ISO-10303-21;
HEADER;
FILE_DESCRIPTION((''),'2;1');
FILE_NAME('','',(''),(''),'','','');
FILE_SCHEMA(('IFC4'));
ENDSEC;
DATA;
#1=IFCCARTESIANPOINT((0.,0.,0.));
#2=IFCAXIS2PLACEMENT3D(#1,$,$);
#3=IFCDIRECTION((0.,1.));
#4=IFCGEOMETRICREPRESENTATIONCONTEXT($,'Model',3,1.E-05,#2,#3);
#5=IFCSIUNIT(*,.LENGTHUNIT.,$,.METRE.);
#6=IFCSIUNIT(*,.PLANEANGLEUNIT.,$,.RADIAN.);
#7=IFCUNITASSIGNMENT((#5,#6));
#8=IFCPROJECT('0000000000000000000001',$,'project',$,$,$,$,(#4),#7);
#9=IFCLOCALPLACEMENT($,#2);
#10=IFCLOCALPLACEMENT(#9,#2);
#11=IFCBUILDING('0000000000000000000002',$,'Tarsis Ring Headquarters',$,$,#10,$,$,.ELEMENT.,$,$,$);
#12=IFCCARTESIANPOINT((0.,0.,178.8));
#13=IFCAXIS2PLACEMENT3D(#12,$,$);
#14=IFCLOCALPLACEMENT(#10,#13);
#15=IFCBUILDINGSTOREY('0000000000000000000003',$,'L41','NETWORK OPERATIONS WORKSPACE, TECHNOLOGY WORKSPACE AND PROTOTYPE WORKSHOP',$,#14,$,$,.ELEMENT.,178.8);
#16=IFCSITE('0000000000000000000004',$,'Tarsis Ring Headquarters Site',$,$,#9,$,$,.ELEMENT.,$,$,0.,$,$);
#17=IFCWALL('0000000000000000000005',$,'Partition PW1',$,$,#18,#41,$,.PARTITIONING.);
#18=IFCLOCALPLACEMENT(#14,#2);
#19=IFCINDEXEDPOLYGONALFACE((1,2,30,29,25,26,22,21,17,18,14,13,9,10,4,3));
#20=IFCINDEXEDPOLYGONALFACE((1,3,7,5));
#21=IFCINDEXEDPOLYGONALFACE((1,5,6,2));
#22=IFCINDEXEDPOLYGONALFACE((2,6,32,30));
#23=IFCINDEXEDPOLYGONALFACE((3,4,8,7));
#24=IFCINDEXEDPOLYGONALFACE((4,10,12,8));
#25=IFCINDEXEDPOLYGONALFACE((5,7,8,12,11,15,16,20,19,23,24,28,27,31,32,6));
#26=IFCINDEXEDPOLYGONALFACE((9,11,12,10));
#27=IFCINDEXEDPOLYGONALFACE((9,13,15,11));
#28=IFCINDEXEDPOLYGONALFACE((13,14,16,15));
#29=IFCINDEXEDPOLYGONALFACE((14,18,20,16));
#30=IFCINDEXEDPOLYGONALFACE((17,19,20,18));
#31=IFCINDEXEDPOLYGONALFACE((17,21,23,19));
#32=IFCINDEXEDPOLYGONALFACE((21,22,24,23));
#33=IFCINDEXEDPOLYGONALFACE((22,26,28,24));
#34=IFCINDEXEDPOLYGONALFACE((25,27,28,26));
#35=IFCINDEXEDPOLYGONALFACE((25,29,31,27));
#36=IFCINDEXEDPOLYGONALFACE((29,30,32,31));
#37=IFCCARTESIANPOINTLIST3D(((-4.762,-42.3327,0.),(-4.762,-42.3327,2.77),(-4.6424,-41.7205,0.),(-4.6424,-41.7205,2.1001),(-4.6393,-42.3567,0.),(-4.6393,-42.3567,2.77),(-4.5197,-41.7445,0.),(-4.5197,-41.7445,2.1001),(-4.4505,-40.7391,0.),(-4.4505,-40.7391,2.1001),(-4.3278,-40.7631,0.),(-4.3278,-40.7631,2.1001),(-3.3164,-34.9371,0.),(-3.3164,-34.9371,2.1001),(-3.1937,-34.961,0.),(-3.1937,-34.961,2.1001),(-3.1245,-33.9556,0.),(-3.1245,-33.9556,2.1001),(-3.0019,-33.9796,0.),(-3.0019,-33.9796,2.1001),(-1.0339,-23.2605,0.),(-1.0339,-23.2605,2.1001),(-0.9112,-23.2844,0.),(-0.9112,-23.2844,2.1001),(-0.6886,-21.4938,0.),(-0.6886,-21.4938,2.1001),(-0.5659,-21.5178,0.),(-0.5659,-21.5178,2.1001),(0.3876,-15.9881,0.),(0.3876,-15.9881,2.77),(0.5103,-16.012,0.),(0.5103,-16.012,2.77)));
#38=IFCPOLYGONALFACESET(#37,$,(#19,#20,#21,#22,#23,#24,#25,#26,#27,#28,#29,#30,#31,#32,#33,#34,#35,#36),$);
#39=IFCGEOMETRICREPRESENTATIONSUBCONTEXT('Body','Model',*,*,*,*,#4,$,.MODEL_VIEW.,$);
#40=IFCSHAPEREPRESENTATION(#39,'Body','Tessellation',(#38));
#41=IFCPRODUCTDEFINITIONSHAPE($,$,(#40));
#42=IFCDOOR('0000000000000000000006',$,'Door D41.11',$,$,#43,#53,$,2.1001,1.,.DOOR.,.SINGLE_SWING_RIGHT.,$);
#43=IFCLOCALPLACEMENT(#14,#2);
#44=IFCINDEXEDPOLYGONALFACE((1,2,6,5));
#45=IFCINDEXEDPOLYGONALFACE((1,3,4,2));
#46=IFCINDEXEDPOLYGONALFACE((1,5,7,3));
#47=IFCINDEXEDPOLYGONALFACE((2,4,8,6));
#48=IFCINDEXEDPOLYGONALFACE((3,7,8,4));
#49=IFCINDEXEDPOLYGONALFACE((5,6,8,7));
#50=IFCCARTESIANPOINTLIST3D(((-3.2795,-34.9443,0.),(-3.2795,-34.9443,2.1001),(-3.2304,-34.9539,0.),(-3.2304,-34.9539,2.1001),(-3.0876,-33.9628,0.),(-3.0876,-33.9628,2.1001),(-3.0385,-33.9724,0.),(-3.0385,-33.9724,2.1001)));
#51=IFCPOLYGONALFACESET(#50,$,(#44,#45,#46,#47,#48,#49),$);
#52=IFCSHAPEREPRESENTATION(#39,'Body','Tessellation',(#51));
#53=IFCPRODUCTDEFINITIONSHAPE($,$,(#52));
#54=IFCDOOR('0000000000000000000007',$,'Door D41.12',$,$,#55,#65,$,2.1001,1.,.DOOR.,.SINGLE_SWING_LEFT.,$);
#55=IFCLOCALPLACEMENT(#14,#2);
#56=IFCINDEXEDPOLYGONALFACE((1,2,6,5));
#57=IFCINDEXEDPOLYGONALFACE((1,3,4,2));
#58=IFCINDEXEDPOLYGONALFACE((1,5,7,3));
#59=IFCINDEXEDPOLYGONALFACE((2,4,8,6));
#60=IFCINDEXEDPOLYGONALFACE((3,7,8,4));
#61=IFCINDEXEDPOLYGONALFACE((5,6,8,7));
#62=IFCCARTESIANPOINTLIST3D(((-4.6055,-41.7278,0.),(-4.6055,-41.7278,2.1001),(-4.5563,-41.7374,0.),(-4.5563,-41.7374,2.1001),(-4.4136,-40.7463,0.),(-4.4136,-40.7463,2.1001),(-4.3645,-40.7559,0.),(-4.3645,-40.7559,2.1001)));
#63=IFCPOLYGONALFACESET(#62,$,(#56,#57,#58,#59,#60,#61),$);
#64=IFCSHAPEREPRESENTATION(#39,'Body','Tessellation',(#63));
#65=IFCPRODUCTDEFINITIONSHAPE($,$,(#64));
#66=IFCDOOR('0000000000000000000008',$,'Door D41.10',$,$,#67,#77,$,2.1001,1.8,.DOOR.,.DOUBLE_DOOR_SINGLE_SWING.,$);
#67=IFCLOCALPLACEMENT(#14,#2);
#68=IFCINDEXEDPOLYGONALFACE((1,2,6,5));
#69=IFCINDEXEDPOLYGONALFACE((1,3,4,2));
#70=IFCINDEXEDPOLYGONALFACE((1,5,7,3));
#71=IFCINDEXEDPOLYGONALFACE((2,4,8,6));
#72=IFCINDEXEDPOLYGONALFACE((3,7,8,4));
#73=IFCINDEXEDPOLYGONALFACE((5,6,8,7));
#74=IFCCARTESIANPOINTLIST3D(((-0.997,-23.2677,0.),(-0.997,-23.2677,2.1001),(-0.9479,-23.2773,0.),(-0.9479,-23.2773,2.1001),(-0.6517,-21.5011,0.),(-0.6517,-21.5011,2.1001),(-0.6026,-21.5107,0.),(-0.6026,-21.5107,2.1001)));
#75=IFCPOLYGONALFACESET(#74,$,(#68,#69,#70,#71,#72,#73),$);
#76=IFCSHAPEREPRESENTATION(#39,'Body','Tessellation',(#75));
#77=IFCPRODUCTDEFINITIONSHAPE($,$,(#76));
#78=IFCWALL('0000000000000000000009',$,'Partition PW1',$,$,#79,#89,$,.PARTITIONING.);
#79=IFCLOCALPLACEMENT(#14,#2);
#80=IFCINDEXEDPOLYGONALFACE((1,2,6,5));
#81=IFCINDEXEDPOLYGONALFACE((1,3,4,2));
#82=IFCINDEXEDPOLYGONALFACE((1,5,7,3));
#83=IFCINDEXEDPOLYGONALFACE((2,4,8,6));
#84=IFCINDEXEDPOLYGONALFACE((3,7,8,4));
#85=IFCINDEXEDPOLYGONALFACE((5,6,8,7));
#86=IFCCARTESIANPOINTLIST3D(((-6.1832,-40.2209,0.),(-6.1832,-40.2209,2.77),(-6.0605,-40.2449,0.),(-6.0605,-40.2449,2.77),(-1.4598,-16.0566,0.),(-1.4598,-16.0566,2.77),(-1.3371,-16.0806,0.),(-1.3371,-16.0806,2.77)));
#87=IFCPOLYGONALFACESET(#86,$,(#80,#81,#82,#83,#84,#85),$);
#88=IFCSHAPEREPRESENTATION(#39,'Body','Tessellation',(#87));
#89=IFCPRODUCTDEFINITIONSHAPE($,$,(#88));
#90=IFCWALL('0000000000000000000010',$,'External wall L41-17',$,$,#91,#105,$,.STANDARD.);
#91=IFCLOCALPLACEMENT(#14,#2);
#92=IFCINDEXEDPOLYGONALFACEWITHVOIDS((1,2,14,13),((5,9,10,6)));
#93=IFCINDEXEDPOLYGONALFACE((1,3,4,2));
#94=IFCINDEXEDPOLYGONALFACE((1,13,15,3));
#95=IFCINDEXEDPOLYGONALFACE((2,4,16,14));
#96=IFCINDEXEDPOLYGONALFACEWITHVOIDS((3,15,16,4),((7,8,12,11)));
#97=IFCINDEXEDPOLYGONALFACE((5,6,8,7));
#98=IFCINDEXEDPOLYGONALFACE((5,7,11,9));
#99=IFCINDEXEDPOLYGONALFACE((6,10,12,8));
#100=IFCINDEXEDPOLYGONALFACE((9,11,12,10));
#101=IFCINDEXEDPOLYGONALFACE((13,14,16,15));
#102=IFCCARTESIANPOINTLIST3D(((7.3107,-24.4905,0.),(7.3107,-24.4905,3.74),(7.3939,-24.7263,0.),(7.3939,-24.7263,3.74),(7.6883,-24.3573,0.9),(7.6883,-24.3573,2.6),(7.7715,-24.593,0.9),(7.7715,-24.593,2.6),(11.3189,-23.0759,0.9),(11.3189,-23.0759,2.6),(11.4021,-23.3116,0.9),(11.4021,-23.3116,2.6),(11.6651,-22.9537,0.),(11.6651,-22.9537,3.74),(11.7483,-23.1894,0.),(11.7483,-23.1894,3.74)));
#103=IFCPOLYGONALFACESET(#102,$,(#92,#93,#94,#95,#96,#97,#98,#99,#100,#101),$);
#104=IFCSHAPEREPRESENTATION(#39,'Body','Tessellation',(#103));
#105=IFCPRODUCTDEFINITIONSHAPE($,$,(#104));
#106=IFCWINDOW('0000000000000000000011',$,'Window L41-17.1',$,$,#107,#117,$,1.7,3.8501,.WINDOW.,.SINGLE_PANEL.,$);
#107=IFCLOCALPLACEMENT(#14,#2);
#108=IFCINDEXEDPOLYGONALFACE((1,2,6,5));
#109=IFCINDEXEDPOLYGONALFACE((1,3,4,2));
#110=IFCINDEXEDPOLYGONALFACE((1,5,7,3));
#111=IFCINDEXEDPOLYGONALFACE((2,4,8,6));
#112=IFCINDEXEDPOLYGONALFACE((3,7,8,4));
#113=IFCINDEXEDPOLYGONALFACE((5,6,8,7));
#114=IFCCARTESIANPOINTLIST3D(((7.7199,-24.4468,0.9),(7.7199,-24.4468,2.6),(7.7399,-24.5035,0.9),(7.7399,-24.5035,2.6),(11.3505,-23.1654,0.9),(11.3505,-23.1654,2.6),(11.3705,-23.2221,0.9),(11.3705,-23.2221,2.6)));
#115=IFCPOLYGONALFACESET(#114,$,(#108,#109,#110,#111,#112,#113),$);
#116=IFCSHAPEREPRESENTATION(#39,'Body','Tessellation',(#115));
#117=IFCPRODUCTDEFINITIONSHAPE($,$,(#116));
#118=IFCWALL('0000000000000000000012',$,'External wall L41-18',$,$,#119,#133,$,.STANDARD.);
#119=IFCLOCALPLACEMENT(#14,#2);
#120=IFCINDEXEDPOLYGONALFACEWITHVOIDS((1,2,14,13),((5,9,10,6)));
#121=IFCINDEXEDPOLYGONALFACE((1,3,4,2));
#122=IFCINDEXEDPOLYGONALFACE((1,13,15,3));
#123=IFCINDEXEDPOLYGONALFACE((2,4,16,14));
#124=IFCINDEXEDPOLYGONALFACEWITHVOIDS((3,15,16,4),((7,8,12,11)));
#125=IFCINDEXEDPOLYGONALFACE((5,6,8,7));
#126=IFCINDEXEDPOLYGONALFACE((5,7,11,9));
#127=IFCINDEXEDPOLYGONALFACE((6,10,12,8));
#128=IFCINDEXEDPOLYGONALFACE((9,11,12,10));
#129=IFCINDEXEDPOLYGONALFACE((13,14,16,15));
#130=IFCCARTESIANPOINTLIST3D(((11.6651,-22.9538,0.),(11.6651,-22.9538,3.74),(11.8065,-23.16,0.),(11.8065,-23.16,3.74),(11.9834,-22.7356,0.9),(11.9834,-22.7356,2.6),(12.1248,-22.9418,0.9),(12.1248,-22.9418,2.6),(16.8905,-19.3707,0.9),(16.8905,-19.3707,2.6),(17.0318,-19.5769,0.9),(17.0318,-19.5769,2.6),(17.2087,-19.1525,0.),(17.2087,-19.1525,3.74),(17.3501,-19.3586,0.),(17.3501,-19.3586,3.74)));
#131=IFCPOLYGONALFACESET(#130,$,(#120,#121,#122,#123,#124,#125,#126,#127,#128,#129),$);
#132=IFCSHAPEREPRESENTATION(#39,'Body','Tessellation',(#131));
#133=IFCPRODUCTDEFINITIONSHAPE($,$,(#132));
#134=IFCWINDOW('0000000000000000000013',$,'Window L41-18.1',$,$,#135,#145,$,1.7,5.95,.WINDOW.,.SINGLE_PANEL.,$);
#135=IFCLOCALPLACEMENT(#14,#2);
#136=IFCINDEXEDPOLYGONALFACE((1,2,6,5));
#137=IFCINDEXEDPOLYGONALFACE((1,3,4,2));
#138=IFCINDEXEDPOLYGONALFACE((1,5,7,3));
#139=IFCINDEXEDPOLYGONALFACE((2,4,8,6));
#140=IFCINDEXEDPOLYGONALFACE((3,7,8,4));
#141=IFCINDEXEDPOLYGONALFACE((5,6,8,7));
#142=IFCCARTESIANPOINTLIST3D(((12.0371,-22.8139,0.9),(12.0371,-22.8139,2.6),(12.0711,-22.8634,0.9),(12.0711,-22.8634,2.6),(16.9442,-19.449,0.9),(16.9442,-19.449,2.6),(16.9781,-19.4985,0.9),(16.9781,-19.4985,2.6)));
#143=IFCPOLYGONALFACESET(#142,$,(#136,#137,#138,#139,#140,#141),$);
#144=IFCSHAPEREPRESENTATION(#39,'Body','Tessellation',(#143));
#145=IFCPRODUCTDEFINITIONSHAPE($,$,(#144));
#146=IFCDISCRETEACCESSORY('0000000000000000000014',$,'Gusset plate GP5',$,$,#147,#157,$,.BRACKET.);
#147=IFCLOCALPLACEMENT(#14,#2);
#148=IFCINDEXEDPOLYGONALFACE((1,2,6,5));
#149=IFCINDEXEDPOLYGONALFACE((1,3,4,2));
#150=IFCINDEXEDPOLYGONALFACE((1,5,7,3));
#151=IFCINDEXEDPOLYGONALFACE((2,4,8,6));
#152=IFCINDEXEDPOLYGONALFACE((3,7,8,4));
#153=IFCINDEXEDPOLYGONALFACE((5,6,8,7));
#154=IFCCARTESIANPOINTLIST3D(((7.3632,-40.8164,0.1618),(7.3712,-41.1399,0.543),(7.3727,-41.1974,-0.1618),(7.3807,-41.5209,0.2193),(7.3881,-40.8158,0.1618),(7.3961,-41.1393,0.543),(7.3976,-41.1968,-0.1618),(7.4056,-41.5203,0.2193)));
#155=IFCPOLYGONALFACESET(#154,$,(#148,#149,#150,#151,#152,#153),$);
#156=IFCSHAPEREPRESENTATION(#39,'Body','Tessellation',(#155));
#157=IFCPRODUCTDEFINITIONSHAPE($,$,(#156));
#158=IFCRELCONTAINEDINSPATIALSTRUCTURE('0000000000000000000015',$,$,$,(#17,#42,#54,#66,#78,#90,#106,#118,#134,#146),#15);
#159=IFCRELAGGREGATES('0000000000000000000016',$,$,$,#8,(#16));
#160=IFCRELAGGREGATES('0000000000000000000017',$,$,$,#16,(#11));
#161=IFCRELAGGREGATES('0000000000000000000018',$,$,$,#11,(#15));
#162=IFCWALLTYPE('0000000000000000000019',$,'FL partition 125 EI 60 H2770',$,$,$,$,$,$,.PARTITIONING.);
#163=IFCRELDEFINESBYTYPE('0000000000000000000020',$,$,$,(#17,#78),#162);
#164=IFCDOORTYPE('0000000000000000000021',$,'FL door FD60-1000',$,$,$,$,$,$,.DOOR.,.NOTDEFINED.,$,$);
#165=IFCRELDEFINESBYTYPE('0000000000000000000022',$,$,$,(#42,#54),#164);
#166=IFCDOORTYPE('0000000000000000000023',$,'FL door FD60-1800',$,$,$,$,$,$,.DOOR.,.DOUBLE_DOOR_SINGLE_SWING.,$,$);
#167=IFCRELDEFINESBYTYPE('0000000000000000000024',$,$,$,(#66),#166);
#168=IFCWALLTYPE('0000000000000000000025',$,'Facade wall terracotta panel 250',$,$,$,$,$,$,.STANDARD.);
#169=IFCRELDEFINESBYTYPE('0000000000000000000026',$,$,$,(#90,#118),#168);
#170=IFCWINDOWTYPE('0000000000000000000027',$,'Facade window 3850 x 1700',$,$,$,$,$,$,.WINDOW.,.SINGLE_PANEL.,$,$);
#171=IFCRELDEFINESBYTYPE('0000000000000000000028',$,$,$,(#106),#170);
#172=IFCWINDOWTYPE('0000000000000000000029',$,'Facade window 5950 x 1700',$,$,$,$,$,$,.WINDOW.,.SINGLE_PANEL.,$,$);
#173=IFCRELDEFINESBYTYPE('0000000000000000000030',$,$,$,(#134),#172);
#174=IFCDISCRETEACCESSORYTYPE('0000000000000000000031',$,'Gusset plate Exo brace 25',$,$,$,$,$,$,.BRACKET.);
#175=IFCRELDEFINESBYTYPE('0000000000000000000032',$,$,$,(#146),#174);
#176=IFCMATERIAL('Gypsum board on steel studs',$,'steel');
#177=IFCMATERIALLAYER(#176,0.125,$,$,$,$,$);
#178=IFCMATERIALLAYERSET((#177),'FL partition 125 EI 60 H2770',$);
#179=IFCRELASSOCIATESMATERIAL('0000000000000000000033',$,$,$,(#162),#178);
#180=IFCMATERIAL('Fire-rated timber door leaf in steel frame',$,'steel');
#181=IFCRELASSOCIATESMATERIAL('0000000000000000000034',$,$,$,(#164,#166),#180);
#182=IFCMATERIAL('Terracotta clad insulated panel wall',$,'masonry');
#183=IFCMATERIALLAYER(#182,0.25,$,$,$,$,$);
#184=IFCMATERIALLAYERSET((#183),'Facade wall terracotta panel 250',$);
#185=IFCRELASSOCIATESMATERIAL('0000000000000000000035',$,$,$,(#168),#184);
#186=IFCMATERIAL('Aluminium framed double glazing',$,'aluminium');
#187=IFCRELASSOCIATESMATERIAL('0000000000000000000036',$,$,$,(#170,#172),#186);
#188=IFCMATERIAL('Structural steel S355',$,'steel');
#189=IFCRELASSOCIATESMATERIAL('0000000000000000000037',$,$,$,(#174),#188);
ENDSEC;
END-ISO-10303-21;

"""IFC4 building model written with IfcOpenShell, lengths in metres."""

from ifc_helpers import new_model, si_unit, direction, frame, frame_2d, origin, origin_2d, place, context, subcontext, project, spatial, rectangle, extrude, material, layer, layer_set, material_profile, profile_set, type_object, element, fill, save


model = new_model("IFC4")

# Units and contexts
model_context = context("Model", 3, precision=1e-05, world=origin(), true_north=direction((0.0, 1.0)))
body_context = subcontext(model_context, "Body", "Model", "MODEL_VIEW")
ifc_project = project(units=[si_unit("LENGTHUNIT", "METRE"), si_unit("PLANEANGLEUNIT", "RADIAN")], contexts=[model_context])

# Site, building, storey
site_placement = place(None, origin())
site = spatial("IfcSite", under=ifc_project, at=site_placement, Name="Tarsis Ring Headquarters Site", CompositionType="ELEMENT", RefElevation=0.0)
building_placement = place(site_placement, origin())
building = spatial("IfcBuilding", under=site, at=building_placement, Name="Tarsis Ring Headquarters", CompositionType="ELEMENT")
storey_placement = place(building_placement, frame((0.0, 0.0, 178.8)))
storey = spatial("IfcBuildingStorey", under=building, at=storey_placement, Name="L41", Description="NETWORK OPERATIONS WORKSPACE, TECHNOLOGY WORKSPACE AND PROTOTYPE WORKSHOP", CompositionType="ELEMENT", Elevation=178.8)

# Shared definitions
ifc_material_1 = material(Name="Structural steel S355", Category="steel")

# Shared definitions
ifc_material_2 = material(Name="Gypsum board on steel studs", Category="steel")

# Wall, openings, doors
ifc_layer_1 = layer(ifc_material_2, 0.125)
ifc_layer_set_1 = layer_set([ifc_layer_1], Name="FL partition 125 EI 60 H2770")
wall_type_1 = type_object("IfcWallType", Name="FL partition 125 EI 60 H2770", PredefinedType="PARTITIONING", material=ifc_layer_set_1)
wall_1_placement = place(storey_placement, frame((-4.7007, -42.3447, 0.0), z_axis=(0.0, 0.0, 1.0), x_axis=(0.191841, 0.981426, 0.0)))
wall_1 = element("IfcWall", 1, at=wall_1_placement, inside=storey, type_object=wall_type_1, Name="Partition PW1", PredefinedType="PARTITIONING", context=body_context, shape_type="SweptSolid", body=[
    extrude(rectangle(XDim=26.8433, YDim=0.125, at=frame_2d((13.4216, 0.0))), origin(), (0.0, 0.0, 1.0), 2.77),
])
opening_1_placement = place(wall_1_placement, frame((19.4333, 0.0, 0.0)))
opening_1 = element("IfcOpeningElement", 2, at=opening_1_placement, cuts=wall_1, PredefinedType="OPENING", context=body_context, shape_type="SweptSolid", body=[
    extrude(rectangle(XDim=1.8, YDim=2.1001, at=frame_2d((0.8999, 1.05))), frame((0.0, 0.0725, 0.0), z_axis=(0.0, -1.0, 0.0), x_axis=(1.0, 0.0, 0.0)), (0.0, 0.0, 1.0), 0.145),
])
opening_2_placement = place(wall_1_placement, frame((7.5356, 0.0, 0.0)))
opening_2 = element("IfcOpeningElement", 3, at=opening_2_placement, cuts=wall_1, PredefinedType="OPENING", context=body_context, shape_type="SweptSolid", body=[
    extrude(rectangle(XDim=1.0, YDim=2.1001, at=frame_2d((0.5, 1.05))), frame((0.0, 0.0725, 0.0), z_axis=(0.0, -1.0, 0.0), x_axis=(1.0, 0.0, 0.0)), (0.0, 0.0, 1.0), 0.145),
])
opening_3_placement = place(wall_1_placement, frame((0.6238, 0.0, 0.0)))
opening_3 = element("IfcOpeningElement", 4, at=opening_3_placement, cuts=wall_1, PredefinedType="OPENING", context=body_context, shape_type="SweptSolid", body=[
    extrude(rectangle(XDim=1.0, YDim=2.1001, at=frame_2d((0.5, 1.05))), frame((0.0, 0.0725, 0.0), z_axis=(0.0, -1.0, 0.0), x_axis=(1.0, 0.0, 0.0)), (0.0, 0.0, 1.0), 0.145),
])
ifc_material_3 = material(Name="Fire-rated timber door leaf in steel frame", Category="steel")
door_type_1 = type_object("IfcDoorType", Name="FL door FD60-1000", OperationType="NOTDEFINED", PredefinedType="DOOR", material=ifc_material_3)
door_1_placement = place(opening_2_placement, origin())
door_1 = element("IfcDoor", 5, at=door_1_placement, inside=storey, type_object=door_type_1, Name="Door D41.11", OperationType="SINGLE_SWING_RIGHT", OverallHeight=2.1001, OverallWidth=1.0, PredefinedType="DOOR", context=body_context, shape_type="SweptSolid", body=[
    extrude(rectangle(XDim=1.0, YDim=2.1001, at=frame_2d((0.5, 1.05))), frame((0.0, 0.0249, 0.0), z_axis=(0.0, -1.0, 0.0), x_axis=(1.0, 0.0, 0.0)), (0.0, 0.0, 1.0), 0.05),
])
fill(opening_2, door_1)
door_2_placement = place(opening_3_placement, origin())
door_2 = element("IfcDoor", 6, at=door_2_placement, inside=storey, type_object=door_type_1, Name="Door D41.12", OperationType="SINGLE_SWING_LEFT", OverallHeight=2.1001, OverallWidth=1.0, PredefinedType="DOOR", context=body_context, shape_type="SweptSolid", body=[
    extrude(rectangle(XDim=1.0, YDim=2.1001, at=frame_2d((0.5, 1.05))), frame((0.0, 0.0249, 0.0), z_axis=(0.0, -1.0, 0.0), x_axis=(1.0, 0.0, 0.0)), (0.0, 0.0, 1.0), 0.05),
])
fill(opening_3, door_2)
door_type_2 = type_object("IfcDoorType", Name="FL door FD60-1800", OperationType="DOUBLE_DOOR_SINGLE_SWING", PredefinedType="DOOR", material=ifc_material_3)
door_3_placement = place(opening_1_placement, origin())
door_3 = element("IfcDoor", 7, at=door_3_placement, inside=storey, type_object=door_type_2, Name="Door D41.10", OperationType="DOUBLE_DOOR_SINGLE_SWING", OverallHeight=2.1001, OverallWidth=1.8, PredefinedType="DOOR", context=body_context, shape_type="SweptSolid", body=[
    extrude(rectangle(XDim=1.8, YDim=2.1001, at=frame_2d((0.8999, 1.05))), frame((0.0, 0.0249, 0.0), z_axis=(0.0, -1.0, 0.0), x_axis=(1.0, 0.0, 0.0)), (0.0, 0.0, 1.0), 0.05),
])
fill(opening_1, door_3)

# Wall
wall_2_placement = place(storey_placement, frame((-6.1218, -40.2329, 0.0), z_axis=(0.0, 0.0, 1.0), x_axis=(0.191839, 0.981426, 0.0)))
element("IfcWall", 8, at=wall_2_placement, inside=storey, type_object=wall_type_1, Name="Partition PW1", PredefinedType="PARTITIONING", context=body_context, shape_type="SweptSolid", body=[
    extrude(rectangle(XDim=24.6216, YDim=0.125, at=frame_2d((12.3108, 0.0))), origin(), (0.0, 0.0, 1.0), 2.77),
])

# Walls, openings, windows
ifc_material_4 = material(Name="Terracotta clad insulated panel wall", Category="masonry")
ifc_layer_2 = layer(ifc_material_4, 0.25)
ifc_layer_set_2 = layer_set([ifc_layer_2], Name="Facade wall terracotta panel 250")
wall_type_2 = type_object("IfcWallType", Name="Facade wall terracotta panel 250", PredefinedType="STANDARD", material=ifc_layer_set_2)
wall_3_placement = place(storey_placement, frame((7.3523, -24.6084, 0.0), z_axis=(0.0, 0.0, 1.0), x_axis=(0.942991, 0.332817, 0.0)))
wall_3 = element("IfcWall", 9, at=wall_3_placement, inside=storey, type_object=wall_type_2, Name="External wall L41-17", PredefinedType="STANDARD", context=body_context, shape_type="SweptSolid", body=[
    extrude(rectangle(XDim=4.6177, YDim=0.25, at=frame_2d((2.3088, 0.0))), origin(), (0.0, 0.0, 1.0), 3.74),
])
opening_4_placement = place(wall_3_placement, frame((0.4004, 0.0, 0.8999)))
opening_4 = element("IfcOpeningElement", 10, at=opening_4_placement, cuts=wall_3, PredefinedType="OPENING", context=body_context, shape_type="SweptSolid", body=[
    extrude(rectangle(XDim=3.8501, YDim=1.7, at=frame_2d((1.925, 0.8501))), frame((0.0, 0.135, 0.0), z_axis=(0.0, -1.0, 0.0), x_axis=(1.0, 0.0, 0.0)), (0.0, 0.0, 1.0), 0.27),
])
ifc_material_5 = material(Name="Aluminium framed double glazing", Category="aluminium")
window_type_1 = type_object("IfcWindowType", Name="Facade window 3850 x 1700", PartitioningType="SINGLE_PANEL", PredefinedType="WINDOW", material=ifc_material_5)
window_1_placement = place(opening_4_placement, origin())
window_1 = element("IfcWindow", 11, at=window_1_placement, inside=storey, type_object=window_type_1, Name="Window L41-17.1", OverallHeight=1.7, OverallWidth=3.8501, PartitioningType="SINGLE_PANEL", PredefinedType="WINDOW", context=body_context, shape_type="SweptSolid", body=[
    extrude(rectangle(XDim=3.8501, YDim=1.7, at=frame_2d((1.925, 0.8501))), frame((0.0, 0.03, 0.0), z_axis=(0.0, -1.0, 0.0), x_axis=(1.0, 0.0, 0.0)), (0.0, 0.0, 1.0), 0.0601),
])
fill(opening_4, window_1)
wall_4_placement = place(storey_placement, frame((11.7358, -23.0569, 0.0), z_axis=(0.0, 0.0, 1.0), x_axis=(0.824726, 0.565533, 0.0)))
wall_4 = element("IfcWall", 12, at=wall_4_placement, inside=storey, type_object=wall_type_2, Name="External wall L41-18", PredefinedType="STANDARD", context=body_context, shape_type="SweptSolid", body=[
    extrude(rectangle(XDim=6.7217, YDim=0.25, at=frame_2d((3.3608, 0.0))), origin(), (0.0, 0.0, 1.0), 3.74),
])
opening_5_placement = place(wall_4_placement, frame((0.3857, 0.0, 0.8999)))
opening_5 = element("IfcOpeningElement", 13, at=opening_5_placement, cuts=wall_4, PredefinedType="OPENING", context=body_context, shape_type="SweptSolid", body=[
    extrude(rectangle(XDim=5.95, YDim=1.7, at=frame_2d((2.9751, 0.8501))), frame((0.0, 0.135, 0.0), z_axis=(0.0, -1.0, 0.0), x_axis=(1.0, 0.0, 0.0)), (0.0, 0.0, 1.0), 0.27),
])
window_type_2 = type_object("IfcWindowType", Name="Facade window 5950 x 1700", PartitioningType="SINGLE_PANEL", PredefinedType="WINDOW", material=ifc_material_5)
window_2_placement = place(opening_5_placement, origin())
window_2 = element("IfcWindow", 14, at=window_2_placement, inside=storey, type_object=window_type_2, Name="Window L41-18.1", OverallHeight=1.7, OverallWidth=5.95, PartitioningType="SINGLE_PANEL", PredefinedType="WINDOW", context=body_context, shape_type="SweptSolid", body=[
    extrude(rectangle(XDim=5.95, YDim=1.7, at=frame_2d((2.9751, 0.8501))), frame((0.0, 0.03, 0.0), z_axis=(0.0, -1.0, 0.0), x_axis=(1.0, 0.0, 0.0)), (0.0, 0.0, 1.0), 0.0601),
])
fill(opening_5, window_2)

# Discrete accessory
ifc_material_profile_1 = material_profile(ifc_material_1, rectangle(XDim=0.0249, YDim=0.5, at=origin_2d()), Name="PL 25x500")
ifc_profile_set_1 = profile_set([ifc_material_profile_1], Name="Structural steel S355")
discrete_accessory_type = type_object("IfcDiscreteAccessoryType", Name="Gusset plate Exo brace 25", PredefinedType="BRACKET", material=ifc_profile_set_1)
discrete_accessory_1_placement = place(storey_placement, frame((7.3804, -41.0066, 0.0), z_axis=(0.016115, -0.64704, 0.762286), x_axis=(0.99969, 0.024898, 0.0)))
element("IfcDiscreteAccessory", 15, at=discrete_accessory_1_placement, inside=storey, type_object=discrete_accessory_type, Name="Gusset plate GP5", PredefinedType="BRACKET", context=body_context, shape_type="SweptSolid", body=[
    extrude(rectangle(XDim=0.0249, YDim=0.5, at=origin_2d()), origin(), (0.0, 0.0, 1.0), 0.5),
])

save(model, "model.ifc")
